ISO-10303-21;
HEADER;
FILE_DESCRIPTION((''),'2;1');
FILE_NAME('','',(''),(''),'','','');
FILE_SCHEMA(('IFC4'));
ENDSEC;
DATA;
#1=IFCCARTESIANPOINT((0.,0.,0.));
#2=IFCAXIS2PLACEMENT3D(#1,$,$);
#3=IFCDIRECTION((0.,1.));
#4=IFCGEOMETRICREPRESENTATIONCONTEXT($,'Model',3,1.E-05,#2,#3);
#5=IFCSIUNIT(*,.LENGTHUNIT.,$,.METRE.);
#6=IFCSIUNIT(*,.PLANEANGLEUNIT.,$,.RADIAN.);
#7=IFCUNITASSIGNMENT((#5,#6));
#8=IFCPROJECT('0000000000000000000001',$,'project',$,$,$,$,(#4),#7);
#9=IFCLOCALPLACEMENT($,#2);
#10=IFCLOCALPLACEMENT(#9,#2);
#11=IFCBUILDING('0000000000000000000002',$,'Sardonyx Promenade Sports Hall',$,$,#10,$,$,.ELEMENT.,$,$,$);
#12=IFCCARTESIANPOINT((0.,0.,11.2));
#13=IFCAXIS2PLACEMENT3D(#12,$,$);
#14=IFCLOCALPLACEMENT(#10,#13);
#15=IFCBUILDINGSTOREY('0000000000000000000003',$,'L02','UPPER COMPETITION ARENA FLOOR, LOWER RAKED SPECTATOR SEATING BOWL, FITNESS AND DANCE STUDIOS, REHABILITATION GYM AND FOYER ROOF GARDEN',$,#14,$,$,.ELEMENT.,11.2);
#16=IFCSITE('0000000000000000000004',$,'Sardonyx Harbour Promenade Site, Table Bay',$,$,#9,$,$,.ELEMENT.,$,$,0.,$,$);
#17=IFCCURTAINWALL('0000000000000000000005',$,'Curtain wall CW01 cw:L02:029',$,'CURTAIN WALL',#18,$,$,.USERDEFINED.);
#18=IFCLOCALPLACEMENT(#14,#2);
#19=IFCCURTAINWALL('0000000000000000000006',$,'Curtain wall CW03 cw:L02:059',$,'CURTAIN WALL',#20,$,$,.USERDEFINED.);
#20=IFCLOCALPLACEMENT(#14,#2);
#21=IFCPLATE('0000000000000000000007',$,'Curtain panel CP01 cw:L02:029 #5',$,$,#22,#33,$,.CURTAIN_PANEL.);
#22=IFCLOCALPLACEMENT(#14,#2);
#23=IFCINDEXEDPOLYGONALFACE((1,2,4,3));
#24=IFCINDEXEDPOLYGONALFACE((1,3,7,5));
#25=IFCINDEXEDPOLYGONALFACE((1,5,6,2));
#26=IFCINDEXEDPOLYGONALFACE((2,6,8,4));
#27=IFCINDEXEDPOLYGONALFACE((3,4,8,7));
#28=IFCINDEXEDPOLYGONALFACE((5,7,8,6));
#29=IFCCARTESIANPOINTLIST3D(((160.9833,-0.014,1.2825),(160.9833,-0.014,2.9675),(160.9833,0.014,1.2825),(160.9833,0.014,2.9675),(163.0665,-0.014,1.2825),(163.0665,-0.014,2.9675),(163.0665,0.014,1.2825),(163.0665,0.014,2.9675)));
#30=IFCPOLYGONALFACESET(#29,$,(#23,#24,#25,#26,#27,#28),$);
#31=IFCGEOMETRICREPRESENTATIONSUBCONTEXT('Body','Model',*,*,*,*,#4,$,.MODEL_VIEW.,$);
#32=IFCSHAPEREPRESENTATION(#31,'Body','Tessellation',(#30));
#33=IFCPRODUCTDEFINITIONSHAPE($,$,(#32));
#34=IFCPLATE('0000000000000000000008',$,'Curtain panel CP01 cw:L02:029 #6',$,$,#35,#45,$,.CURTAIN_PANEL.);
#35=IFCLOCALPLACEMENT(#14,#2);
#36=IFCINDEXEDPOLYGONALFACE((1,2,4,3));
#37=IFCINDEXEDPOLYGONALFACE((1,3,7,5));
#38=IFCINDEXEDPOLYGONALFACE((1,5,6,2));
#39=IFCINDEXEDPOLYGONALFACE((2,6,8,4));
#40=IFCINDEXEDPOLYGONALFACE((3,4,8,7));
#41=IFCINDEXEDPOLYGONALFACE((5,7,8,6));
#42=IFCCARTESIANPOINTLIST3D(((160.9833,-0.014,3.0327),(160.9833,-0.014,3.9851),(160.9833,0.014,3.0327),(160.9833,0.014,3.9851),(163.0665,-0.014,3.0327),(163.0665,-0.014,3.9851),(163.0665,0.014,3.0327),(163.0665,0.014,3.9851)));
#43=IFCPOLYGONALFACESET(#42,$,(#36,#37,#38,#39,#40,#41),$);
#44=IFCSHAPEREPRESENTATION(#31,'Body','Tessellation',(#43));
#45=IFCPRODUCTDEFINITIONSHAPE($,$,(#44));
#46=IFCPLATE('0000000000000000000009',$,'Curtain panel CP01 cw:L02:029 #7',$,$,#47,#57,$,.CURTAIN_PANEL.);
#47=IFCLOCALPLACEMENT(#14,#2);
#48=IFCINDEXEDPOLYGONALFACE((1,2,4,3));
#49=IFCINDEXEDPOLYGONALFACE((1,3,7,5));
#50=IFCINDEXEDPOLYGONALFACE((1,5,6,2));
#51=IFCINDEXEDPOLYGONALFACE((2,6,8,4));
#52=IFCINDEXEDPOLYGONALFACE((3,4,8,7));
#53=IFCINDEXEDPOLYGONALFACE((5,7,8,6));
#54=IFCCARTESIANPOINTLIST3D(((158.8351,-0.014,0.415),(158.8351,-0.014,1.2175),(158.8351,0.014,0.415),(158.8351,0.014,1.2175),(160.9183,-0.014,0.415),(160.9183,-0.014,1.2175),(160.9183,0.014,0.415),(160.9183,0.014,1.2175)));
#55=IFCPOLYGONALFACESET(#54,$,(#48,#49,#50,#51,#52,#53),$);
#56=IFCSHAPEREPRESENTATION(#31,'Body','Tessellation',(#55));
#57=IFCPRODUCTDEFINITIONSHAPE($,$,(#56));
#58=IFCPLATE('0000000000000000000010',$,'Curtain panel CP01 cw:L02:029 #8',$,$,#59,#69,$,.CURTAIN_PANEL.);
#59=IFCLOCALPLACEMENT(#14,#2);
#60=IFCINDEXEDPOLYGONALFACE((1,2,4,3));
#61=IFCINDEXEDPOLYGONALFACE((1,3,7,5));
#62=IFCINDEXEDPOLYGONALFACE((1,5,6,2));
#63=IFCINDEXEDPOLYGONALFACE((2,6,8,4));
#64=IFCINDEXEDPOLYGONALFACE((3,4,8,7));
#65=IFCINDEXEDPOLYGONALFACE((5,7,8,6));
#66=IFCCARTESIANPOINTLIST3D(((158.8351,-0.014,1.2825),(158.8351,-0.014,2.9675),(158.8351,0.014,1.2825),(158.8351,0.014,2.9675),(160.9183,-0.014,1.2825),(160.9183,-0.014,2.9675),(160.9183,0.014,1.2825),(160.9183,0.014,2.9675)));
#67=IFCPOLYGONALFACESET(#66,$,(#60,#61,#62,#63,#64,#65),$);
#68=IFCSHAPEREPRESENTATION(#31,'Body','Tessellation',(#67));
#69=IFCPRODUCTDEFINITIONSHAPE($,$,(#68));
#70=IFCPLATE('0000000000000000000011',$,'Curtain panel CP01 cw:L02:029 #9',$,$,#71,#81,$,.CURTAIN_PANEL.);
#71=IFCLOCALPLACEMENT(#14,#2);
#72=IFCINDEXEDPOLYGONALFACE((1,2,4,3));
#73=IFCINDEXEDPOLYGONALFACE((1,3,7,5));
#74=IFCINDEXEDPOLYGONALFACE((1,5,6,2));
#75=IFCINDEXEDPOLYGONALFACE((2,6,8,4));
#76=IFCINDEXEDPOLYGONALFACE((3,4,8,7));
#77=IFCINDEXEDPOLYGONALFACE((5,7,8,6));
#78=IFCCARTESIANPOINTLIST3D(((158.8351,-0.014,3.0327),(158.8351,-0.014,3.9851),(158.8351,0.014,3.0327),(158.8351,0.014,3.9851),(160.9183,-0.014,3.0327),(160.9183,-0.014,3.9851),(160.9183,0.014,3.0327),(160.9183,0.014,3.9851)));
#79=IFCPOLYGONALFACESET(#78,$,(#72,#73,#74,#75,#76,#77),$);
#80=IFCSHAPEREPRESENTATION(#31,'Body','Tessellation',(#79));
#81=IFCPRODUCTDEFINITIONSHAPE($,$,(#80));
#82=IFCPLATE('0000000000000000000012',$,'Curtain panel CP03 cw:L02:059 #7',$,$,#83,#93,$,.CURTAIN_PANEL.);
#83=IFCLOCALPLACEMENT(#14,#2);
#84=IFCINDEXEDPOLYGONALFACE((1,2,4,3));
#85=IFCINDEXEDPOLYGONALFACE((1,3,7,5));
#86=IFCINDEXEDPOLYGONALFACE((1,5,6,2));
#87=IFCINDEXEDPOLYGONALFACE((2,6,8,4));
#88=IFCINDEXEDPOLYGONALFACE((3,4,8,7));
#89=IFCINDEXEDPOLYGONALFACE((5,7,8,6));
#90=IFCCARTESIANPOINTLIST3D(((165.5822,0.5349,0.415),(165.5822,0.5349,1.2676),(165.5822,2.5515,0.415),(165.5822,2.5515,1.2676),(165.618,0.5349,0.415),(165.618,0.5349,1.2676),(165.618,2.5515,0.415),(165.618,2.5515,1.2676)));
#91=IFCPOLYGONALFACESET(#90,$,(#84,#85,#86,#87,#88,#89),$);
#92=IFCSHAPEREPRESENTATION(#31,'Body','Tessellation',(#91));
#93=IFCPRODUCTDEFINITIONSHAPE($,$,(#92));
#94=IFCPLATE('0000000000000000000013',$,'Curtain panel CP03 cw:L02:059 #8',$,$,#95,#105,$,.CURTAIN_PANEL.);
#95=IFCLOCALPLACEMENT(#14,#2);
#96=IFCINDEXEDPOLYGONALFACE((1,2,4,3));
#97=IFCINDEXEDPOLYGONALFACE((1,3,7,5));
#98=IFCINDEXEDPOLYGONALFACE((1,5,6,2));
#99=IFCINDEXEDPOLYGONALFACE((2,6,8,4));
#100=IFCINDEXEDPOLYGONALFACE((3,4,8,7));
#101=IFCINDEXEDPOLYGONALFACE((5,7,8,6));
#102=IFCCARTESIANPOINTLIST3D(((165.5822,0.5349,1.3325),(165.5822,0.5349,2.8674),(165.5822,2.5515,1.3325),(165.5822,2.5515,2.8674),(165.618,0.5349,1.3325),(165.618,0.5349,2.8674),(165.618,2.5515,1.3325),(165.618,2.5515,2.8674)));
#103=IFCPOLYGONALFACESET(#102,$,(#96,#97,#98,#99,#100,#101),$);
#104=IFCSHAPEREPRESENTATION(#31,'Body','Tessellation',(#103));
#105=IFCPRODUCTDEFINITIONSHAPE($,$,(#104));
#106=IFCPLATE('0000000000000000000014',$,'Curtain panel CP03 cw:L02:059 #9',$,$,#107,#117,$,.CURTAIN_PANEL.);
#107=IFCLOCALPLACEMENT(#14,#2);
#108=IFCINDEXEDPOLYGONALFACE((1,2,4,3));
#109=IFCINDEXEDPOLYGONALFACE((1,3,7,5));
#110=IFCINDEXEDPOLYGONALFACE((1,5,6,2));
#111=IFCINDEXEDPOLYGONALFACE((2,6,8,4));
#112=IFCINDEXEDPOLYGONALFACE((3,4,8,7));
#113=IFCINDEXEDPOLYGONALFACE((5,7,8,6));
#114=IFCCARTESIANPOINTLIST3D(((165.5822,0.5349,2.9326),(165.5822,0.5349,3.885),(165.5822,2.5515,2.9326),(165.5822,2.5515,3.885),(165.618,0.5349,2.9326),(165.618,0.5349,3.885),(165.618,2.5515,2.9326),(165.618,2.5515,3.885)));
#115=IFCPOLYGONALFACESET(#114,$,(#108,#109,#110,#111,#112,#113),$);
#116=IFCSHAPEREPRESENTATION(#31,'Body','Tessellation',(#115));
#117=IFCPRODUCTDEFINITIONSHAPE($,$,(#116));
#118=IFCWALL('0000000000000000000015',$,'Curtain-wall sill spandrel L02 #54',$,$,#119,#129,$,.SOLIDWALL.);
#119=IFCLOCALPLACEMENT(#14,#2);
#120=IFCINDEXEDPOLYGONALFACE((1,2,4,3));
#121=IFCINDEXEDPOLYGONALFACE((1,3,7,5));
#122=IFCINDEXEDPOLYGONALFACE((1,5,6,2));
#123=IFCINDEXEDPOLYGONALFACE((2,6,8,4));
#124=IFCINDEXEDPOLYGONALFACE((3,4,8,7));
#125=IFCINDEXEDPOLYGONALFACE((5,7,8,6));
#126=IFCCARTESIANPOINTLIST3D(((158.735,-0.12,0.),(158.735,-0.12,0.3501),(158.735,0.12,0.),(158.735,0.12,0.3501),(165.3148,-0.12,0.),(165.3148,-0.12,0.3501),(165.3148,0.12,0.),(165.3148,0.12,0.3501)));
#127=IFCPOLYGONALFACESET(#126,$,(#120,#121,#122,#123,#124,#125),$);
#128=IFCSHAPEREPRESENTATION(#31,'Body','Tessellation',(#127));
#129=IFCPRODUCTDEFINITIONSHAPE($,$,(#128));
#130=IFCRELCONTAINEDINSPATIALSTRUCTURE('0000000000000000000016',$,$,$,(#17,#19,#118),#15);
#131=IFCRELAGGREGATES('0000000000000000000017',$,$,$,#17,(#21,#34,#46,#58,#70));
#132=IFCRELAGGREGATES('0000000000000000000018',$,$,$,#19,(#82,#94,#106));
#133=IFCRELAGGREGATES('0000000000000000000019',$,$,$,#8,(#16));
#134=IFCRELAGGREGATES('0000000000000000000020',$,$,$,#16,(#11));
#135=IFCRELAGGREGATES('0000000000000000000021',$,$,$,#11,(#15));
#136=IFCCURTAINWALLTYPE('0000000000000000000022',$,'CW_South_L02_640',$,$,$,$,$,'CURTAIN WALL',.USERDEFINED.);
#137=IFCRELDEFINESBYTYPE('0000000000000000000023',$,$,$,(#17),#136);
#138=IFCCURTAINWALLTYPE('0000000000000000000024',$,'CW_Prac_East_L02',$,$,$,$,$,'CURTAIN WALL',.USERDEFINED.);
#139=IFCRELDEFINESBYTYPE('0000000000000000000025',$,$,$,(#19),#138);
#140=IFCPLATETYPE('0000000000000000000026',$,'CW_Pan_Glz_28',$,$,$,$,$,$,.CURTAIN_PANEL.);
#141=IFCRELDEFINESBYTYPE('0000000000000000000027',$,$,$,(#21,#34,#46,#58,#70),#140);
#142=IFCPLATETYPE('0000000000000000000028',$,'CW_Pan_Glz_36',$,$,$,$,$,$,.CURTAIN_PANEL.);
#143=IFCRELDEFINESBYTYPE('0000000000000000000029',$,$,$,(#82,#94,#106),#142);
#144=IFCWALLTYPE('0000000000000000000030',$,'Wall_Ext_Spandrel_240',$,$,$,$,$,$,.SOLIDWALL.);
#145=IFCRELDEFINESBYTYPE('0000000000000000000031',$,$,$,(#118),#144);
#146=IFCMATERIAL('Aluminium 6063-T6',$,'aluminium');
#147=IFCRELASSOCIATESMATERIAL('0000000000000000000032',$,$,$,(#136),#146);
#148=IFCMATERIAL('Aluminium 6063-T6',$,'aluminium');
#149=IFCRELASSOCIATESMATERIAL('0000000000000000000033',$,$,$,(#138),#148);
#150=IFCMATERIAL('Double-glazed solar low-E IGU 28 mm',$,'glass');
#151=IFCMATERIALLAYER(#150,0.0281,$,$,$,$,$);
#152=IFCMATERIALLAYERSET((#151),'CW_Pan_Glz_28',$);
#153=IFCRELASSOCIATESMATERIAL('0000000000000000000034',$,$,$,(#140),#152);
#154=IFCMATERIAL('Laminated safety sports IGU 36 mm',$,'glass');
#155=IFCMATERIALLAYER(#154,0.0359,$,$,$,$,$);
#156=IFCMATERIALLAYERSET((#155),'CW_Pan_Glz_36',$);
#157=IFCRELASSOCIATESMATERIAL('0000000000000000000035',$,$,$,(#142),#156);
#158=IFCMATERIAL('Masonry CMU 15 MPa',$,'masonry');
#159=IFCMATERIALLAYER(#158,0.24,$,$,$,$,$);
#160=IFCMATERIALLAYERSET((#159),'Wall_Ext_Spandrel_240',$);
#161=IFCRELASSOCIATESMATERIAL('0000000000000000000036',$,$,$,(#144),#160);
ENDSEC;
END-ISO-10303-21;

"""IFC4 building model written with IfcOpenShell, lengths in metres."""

from ifc_helpers import new_model, si_unit, direction, frame, frame_2d, origin, origin_2d, place, context, subcontext, project, spatial, rectangle, extrude, material, layer, layer_set, type_object, element, aggregate, save


model = new_model("IFC4")

# Units and contexts
model_context = context("Model", 3, precision=1e-05, world=origin(), true_north=direction((0.0, 1.0)))
body_context = subcontext(model_context, "Body", "Model", "MODEL_VIEW")
ifc_project = project(units=[si_unit("LENGTHUNIT", "METRE"), si_unit("PLANEANGLEUNIT", "RADIAN")], contexts=[model_context])

# Site, building, storey
site_placement = place(None, origin())
site = spatial("IfcSite", under=ifc_project, at=site_placement, Name="Sardonyx Harbour Promenade Site, Table Bay", CompositionType="ELEMENT", RefElevation=0.0)
building_placement = place(site_placement, origin())
building = spatial("IfcBuilding", under=site, at=building_placement, Name="Sardonyx Promenade Sports Hall", CompositionType="ELEMENT")
storey_placement = place(building_placement, frame((0.0, 0.0, 11.2)))
storey = spatial("IfcBuildingStorey", under=building, at=storey_placement, Name="L02", Description="UPPER COMPETITION ARENA FLOOR, LOWER RAKED SPECTATOR SEATING BOWL, FITNESS AND DANCE STUDIOS, REHABILITATION GYM AND FOYER ROOF GARDEN", CompositionType="ELEMENT", Elevation=11.2)

# Curtain wall
ifc_material_1 = material(Name="Aluminium 6063-T6", Category="aluminium")
curtain_wall_type_1 = type_object("IfcCurtainWallType", Name="CW_South_L02_640", ElementType="CURTAIN WALL", PredefinedType="USERDEFINED", material=ifc_material_1)
curtain_wall_1_placement = place(storey_placement, origin())
curtain_wall_1 = element("IfcCurtainWall", 1, at=curtain_wall_1_placement, inside=storey, type_object=curtain_wall_type_1, Name="Curtain wall CW01 cw:L02:029", ObjectType="CURTAIN WALL", PredefinedType="USERDEFINED")

# Curtain wall
ifc_material_2 = material(Name="Aluminium 6063-T6", Category="aluminium")
curtain_wall_type_2 = type_object("IfcCurtainWallType", Name="CW_Prac_East_L02", ElementType="CURTAIN WALL", PredefinedType="USERDEFINED", material=ifc_material_2)
curtain_wall_2_placement = place(storey_placement, origin())
curtain_wall_2 = element("IfcCurtainWall", 2, at=curtain_wall_2_placement, inside=storey, type_object=curtain_wall_type_2, Name="Curtain wall CW03 cw:L02:059", ObjectType="CURTAIN WALL", PredefinedType="USERDEFINED")

# Plates
ifc_material_3 = material(Name="Double-glazed solar low-E IGU 28 mm", Category="glass")
ifc_layer_1 = layer(ifc_material_3, 0.0281)
ifc_layer_set_1 = layer_set([ifc_layer_1], Name="CW_Pan_Glz_28")
plate_type_1 = type_object("IfcPlateType", Name="CW_Pan_Glz_28", PredefinedType="CURTAIN_PANEL", material=ifc_layer_set_1)
plate_1_placement = place(storey_placement, frame((162.0249, 0.0, 1.2825), z_axis=(0.0, 0.0, 1.0), x_axis=(-1.0, 0.0, 0.0)))
plate_1 = element("IfcPlate", 3, at=plate_1_placement, type_object=plate_type_1, Name="Curtain panel CP01 cw:L02:029 #5", PredefinedType="CURTAIN_PANEL", context=body_context, shape_type="SweptSolid", body=[
    extrude(rectangle(XDim=2.0833, YDim=0.0281, at=origin_2d()), origin(), (0.0, 0.0, 1.0), 1.6851),
])
plate_2_placement = place(storey_placement, frame((162.0249, 0.0, 3.0327), z_axis=(0.0, 0.0, 1.0), x_axis=(-1.0, 0.0, 0.0)))
plate_2 = element("IfcPlate", 4, at=plate_2_placement, type_object=plate_type_1, Name="Curtain panel CP01 cw:L02:029 #6", PredefinedType="CURTAIN_PANEL", context=body_context, shape_type="SweptSolid", body=[
    extrude(rectangle(XDim=2.0833, YDim=0.0281, at=origin_2d()), origin(), (0.0, 0.0, 1.0), 0.9524),
])
plate_3_placement = place(storey_placement, frame((159.8767, 0.0, 0.415), z_axis=(0.0, 0.0, 1.0), x_axis=(-1.0, 0.0, 0.0)))
plate_3 = element("IfcPlate", 5, at=plate_3_placement, type_object=plate_type_1, Name="Curtain panel CP01 cw:L02:029 #7", PredefinedType="CURTAIN_PANEL", context=body_context, shape_type="SweptSolid", body=[
    extrude(rectangle(XDim=2.0833, YDim=0.0281, at=origin_2d()), origin(), (0.0, 0.0, 1.0), 0.8025),
])
plate_4_placement = place(storey_placement, frame((159.8767, 0.0, 1.2825), z_axis=(0.0, 0.0, 1.0), x_axis=(-1.0, 0.0, 0.0)))
plate_4 = element("IfcPlate", 6, at=plate_4_placement, type_object=plate_type_1, Name="Curtain panel CP01 cw:L02:029 #8", PredefinedType="CURTAIN_PANEL", context=body_context, shape_type="SweptSolid", body=[
    extrude(rectangle(XDim=2.0833, YDim=0.0281, at=origin_2d()), origin(), (0.0, 0.0, 1.0), 1.6851),
])
plate_5_placement = place(storey_placement, frame((159.8767, 0.0, 3.0327), z_axis=(0.0, 0.0, 1.0), x_axis=(-1.0, 0.0, 0.0)))
plate_5 = element("IfcPlate", 7, at=plate_5_placement, type_object=plate_type_1, Name="Curtain panel CP01 cw:L02:029 #9", PredefinedType="CURTAIN_PANEL", context=body_context, shape_type="SweptSolid", body=[
    extrude(rectangle(XDim=2.0833, YDim=0.0281, at=origin_2d()), origin(), (0.0, 0.0, 1.0), 0.9524),
])
aggregate(curtain_wall_1, [plate_1, plate_2, plate_3, plate_4, plate_5])
ifc_material_4 = material(Name="Laminated safety sports IGU 36 mm", Category="glass")
ifc_layer_2 = layer(ifc_material_4, 0.0359)
ifc_layer_set_2 = layer_set([ifc_layer_2], Name="CW_Pan_Glz_36")
plate_type_2 = type_object("IfcPlateType", Name="CW_Pan_Glz_36", PredefinedType="CURTAIN_PANEL", material=ifc_layer_set_2)
plate_6_placement = place(storey_placement, frame((165.6001, 1.5432, 0.415), z_axis=(0.0, 0.0, 1.0), x_axis=(0.0, -1.0, 0.0)))
plate_6 = element("IfcPlate", 8, at=plate_6_placement, type_object=plate_type_2, Name="Curtain panel CP03 cw:L02:059 #7", PredefinedType="CURTAIN_PANEL", context=body_context, shape_type="SweptSolid", body=[
    extrude(rectangle(XDim=2.0166, YDim=0.0359, at=origin_2d()), origin(), (0.0, 0.0, 1.0), 0.8525),
])
plate_7_placement = place(storey_placement, frame((165.6001, 1.5432, 1.3325), z_axis=(0.0, 0.0, 1.0), x_axis=(0.0, -1.0, 0.0)))
plate_7 = element("IfcPlate", 9, at=plate_7_placement, type_object=plate_type_2, Name="Curtain panel CP03 cw:L02:059 #8", PredefinedType="CURTAIN_PANEL", context=body_context, shape_type="SweptSolid", body=[
    extrude(rectangle(XDim=2.0166, YDim=0.0359, at=origin_2d()), origin(), (0.0, 0.0, 1.0), 1.5349),
])
plate_8_placement = place(storey_placement, frame((165.6001, 1.5432, 2.9326), z_axis=(0.0, 0.0, 1.0), x_axis=(0.0, -1.0, 0.0)))
plate_8 = element("IfcPlate", 10, at=plate_8_placement, type_object=plate_type_2, Name="Curtain panel CP03 cw:L02:059 #9", PredefinedType="CURTAIN_PANEL", context=body_context, shape_type="SweptSolid", body=[
    extrude(rectangle(XDim=2.0166, YDim=0.0359, at=origin_2d()), origin(), (0.0, 0.0, 1.0), 0.9524),
])
aggregate(curtain_wall_2, [plate_6, plate_7, plate_8])

# Wall
ifc_material_5 = material(Name="Masonry CMU 15 MPa", Category="masonry")
ifc_layer_3 = layer(ifc_material_5, 0.24)
ifc_layer_set_3 = layer_set([ifc_layer_3], Name="Wall_Ext_Spandrel_240")
wall_type = type_object("IfcWallType", Name="Wall_Ext_Spandrel_240", PredefinedType="SOLIDWALL", material=ifc_layer_set_3)
wall_placement = place(storey_placement, frame((165.3149, 0.0, 0.0), z_axis=(0.0, 0.0, 1.0), x_axis=(-1.0, 0.0, 0.0)))
element("IfcWall", 11, at=wall_placement, inside=storey, type_object=wall_type, Name="Curtain-wall sill spandrel L02 #54", PredefinedType="SOLIDWALL", context=body_context, shape_type="SweptSolid", body=[
    extrude(rectangle(XDim=6.5798, YDim=0.24, at=frame_2d((3.29, 0.0))), origin(), (0.0, 0.0, 1.0), 0.3501),
])

save(model, "model.ifc")
